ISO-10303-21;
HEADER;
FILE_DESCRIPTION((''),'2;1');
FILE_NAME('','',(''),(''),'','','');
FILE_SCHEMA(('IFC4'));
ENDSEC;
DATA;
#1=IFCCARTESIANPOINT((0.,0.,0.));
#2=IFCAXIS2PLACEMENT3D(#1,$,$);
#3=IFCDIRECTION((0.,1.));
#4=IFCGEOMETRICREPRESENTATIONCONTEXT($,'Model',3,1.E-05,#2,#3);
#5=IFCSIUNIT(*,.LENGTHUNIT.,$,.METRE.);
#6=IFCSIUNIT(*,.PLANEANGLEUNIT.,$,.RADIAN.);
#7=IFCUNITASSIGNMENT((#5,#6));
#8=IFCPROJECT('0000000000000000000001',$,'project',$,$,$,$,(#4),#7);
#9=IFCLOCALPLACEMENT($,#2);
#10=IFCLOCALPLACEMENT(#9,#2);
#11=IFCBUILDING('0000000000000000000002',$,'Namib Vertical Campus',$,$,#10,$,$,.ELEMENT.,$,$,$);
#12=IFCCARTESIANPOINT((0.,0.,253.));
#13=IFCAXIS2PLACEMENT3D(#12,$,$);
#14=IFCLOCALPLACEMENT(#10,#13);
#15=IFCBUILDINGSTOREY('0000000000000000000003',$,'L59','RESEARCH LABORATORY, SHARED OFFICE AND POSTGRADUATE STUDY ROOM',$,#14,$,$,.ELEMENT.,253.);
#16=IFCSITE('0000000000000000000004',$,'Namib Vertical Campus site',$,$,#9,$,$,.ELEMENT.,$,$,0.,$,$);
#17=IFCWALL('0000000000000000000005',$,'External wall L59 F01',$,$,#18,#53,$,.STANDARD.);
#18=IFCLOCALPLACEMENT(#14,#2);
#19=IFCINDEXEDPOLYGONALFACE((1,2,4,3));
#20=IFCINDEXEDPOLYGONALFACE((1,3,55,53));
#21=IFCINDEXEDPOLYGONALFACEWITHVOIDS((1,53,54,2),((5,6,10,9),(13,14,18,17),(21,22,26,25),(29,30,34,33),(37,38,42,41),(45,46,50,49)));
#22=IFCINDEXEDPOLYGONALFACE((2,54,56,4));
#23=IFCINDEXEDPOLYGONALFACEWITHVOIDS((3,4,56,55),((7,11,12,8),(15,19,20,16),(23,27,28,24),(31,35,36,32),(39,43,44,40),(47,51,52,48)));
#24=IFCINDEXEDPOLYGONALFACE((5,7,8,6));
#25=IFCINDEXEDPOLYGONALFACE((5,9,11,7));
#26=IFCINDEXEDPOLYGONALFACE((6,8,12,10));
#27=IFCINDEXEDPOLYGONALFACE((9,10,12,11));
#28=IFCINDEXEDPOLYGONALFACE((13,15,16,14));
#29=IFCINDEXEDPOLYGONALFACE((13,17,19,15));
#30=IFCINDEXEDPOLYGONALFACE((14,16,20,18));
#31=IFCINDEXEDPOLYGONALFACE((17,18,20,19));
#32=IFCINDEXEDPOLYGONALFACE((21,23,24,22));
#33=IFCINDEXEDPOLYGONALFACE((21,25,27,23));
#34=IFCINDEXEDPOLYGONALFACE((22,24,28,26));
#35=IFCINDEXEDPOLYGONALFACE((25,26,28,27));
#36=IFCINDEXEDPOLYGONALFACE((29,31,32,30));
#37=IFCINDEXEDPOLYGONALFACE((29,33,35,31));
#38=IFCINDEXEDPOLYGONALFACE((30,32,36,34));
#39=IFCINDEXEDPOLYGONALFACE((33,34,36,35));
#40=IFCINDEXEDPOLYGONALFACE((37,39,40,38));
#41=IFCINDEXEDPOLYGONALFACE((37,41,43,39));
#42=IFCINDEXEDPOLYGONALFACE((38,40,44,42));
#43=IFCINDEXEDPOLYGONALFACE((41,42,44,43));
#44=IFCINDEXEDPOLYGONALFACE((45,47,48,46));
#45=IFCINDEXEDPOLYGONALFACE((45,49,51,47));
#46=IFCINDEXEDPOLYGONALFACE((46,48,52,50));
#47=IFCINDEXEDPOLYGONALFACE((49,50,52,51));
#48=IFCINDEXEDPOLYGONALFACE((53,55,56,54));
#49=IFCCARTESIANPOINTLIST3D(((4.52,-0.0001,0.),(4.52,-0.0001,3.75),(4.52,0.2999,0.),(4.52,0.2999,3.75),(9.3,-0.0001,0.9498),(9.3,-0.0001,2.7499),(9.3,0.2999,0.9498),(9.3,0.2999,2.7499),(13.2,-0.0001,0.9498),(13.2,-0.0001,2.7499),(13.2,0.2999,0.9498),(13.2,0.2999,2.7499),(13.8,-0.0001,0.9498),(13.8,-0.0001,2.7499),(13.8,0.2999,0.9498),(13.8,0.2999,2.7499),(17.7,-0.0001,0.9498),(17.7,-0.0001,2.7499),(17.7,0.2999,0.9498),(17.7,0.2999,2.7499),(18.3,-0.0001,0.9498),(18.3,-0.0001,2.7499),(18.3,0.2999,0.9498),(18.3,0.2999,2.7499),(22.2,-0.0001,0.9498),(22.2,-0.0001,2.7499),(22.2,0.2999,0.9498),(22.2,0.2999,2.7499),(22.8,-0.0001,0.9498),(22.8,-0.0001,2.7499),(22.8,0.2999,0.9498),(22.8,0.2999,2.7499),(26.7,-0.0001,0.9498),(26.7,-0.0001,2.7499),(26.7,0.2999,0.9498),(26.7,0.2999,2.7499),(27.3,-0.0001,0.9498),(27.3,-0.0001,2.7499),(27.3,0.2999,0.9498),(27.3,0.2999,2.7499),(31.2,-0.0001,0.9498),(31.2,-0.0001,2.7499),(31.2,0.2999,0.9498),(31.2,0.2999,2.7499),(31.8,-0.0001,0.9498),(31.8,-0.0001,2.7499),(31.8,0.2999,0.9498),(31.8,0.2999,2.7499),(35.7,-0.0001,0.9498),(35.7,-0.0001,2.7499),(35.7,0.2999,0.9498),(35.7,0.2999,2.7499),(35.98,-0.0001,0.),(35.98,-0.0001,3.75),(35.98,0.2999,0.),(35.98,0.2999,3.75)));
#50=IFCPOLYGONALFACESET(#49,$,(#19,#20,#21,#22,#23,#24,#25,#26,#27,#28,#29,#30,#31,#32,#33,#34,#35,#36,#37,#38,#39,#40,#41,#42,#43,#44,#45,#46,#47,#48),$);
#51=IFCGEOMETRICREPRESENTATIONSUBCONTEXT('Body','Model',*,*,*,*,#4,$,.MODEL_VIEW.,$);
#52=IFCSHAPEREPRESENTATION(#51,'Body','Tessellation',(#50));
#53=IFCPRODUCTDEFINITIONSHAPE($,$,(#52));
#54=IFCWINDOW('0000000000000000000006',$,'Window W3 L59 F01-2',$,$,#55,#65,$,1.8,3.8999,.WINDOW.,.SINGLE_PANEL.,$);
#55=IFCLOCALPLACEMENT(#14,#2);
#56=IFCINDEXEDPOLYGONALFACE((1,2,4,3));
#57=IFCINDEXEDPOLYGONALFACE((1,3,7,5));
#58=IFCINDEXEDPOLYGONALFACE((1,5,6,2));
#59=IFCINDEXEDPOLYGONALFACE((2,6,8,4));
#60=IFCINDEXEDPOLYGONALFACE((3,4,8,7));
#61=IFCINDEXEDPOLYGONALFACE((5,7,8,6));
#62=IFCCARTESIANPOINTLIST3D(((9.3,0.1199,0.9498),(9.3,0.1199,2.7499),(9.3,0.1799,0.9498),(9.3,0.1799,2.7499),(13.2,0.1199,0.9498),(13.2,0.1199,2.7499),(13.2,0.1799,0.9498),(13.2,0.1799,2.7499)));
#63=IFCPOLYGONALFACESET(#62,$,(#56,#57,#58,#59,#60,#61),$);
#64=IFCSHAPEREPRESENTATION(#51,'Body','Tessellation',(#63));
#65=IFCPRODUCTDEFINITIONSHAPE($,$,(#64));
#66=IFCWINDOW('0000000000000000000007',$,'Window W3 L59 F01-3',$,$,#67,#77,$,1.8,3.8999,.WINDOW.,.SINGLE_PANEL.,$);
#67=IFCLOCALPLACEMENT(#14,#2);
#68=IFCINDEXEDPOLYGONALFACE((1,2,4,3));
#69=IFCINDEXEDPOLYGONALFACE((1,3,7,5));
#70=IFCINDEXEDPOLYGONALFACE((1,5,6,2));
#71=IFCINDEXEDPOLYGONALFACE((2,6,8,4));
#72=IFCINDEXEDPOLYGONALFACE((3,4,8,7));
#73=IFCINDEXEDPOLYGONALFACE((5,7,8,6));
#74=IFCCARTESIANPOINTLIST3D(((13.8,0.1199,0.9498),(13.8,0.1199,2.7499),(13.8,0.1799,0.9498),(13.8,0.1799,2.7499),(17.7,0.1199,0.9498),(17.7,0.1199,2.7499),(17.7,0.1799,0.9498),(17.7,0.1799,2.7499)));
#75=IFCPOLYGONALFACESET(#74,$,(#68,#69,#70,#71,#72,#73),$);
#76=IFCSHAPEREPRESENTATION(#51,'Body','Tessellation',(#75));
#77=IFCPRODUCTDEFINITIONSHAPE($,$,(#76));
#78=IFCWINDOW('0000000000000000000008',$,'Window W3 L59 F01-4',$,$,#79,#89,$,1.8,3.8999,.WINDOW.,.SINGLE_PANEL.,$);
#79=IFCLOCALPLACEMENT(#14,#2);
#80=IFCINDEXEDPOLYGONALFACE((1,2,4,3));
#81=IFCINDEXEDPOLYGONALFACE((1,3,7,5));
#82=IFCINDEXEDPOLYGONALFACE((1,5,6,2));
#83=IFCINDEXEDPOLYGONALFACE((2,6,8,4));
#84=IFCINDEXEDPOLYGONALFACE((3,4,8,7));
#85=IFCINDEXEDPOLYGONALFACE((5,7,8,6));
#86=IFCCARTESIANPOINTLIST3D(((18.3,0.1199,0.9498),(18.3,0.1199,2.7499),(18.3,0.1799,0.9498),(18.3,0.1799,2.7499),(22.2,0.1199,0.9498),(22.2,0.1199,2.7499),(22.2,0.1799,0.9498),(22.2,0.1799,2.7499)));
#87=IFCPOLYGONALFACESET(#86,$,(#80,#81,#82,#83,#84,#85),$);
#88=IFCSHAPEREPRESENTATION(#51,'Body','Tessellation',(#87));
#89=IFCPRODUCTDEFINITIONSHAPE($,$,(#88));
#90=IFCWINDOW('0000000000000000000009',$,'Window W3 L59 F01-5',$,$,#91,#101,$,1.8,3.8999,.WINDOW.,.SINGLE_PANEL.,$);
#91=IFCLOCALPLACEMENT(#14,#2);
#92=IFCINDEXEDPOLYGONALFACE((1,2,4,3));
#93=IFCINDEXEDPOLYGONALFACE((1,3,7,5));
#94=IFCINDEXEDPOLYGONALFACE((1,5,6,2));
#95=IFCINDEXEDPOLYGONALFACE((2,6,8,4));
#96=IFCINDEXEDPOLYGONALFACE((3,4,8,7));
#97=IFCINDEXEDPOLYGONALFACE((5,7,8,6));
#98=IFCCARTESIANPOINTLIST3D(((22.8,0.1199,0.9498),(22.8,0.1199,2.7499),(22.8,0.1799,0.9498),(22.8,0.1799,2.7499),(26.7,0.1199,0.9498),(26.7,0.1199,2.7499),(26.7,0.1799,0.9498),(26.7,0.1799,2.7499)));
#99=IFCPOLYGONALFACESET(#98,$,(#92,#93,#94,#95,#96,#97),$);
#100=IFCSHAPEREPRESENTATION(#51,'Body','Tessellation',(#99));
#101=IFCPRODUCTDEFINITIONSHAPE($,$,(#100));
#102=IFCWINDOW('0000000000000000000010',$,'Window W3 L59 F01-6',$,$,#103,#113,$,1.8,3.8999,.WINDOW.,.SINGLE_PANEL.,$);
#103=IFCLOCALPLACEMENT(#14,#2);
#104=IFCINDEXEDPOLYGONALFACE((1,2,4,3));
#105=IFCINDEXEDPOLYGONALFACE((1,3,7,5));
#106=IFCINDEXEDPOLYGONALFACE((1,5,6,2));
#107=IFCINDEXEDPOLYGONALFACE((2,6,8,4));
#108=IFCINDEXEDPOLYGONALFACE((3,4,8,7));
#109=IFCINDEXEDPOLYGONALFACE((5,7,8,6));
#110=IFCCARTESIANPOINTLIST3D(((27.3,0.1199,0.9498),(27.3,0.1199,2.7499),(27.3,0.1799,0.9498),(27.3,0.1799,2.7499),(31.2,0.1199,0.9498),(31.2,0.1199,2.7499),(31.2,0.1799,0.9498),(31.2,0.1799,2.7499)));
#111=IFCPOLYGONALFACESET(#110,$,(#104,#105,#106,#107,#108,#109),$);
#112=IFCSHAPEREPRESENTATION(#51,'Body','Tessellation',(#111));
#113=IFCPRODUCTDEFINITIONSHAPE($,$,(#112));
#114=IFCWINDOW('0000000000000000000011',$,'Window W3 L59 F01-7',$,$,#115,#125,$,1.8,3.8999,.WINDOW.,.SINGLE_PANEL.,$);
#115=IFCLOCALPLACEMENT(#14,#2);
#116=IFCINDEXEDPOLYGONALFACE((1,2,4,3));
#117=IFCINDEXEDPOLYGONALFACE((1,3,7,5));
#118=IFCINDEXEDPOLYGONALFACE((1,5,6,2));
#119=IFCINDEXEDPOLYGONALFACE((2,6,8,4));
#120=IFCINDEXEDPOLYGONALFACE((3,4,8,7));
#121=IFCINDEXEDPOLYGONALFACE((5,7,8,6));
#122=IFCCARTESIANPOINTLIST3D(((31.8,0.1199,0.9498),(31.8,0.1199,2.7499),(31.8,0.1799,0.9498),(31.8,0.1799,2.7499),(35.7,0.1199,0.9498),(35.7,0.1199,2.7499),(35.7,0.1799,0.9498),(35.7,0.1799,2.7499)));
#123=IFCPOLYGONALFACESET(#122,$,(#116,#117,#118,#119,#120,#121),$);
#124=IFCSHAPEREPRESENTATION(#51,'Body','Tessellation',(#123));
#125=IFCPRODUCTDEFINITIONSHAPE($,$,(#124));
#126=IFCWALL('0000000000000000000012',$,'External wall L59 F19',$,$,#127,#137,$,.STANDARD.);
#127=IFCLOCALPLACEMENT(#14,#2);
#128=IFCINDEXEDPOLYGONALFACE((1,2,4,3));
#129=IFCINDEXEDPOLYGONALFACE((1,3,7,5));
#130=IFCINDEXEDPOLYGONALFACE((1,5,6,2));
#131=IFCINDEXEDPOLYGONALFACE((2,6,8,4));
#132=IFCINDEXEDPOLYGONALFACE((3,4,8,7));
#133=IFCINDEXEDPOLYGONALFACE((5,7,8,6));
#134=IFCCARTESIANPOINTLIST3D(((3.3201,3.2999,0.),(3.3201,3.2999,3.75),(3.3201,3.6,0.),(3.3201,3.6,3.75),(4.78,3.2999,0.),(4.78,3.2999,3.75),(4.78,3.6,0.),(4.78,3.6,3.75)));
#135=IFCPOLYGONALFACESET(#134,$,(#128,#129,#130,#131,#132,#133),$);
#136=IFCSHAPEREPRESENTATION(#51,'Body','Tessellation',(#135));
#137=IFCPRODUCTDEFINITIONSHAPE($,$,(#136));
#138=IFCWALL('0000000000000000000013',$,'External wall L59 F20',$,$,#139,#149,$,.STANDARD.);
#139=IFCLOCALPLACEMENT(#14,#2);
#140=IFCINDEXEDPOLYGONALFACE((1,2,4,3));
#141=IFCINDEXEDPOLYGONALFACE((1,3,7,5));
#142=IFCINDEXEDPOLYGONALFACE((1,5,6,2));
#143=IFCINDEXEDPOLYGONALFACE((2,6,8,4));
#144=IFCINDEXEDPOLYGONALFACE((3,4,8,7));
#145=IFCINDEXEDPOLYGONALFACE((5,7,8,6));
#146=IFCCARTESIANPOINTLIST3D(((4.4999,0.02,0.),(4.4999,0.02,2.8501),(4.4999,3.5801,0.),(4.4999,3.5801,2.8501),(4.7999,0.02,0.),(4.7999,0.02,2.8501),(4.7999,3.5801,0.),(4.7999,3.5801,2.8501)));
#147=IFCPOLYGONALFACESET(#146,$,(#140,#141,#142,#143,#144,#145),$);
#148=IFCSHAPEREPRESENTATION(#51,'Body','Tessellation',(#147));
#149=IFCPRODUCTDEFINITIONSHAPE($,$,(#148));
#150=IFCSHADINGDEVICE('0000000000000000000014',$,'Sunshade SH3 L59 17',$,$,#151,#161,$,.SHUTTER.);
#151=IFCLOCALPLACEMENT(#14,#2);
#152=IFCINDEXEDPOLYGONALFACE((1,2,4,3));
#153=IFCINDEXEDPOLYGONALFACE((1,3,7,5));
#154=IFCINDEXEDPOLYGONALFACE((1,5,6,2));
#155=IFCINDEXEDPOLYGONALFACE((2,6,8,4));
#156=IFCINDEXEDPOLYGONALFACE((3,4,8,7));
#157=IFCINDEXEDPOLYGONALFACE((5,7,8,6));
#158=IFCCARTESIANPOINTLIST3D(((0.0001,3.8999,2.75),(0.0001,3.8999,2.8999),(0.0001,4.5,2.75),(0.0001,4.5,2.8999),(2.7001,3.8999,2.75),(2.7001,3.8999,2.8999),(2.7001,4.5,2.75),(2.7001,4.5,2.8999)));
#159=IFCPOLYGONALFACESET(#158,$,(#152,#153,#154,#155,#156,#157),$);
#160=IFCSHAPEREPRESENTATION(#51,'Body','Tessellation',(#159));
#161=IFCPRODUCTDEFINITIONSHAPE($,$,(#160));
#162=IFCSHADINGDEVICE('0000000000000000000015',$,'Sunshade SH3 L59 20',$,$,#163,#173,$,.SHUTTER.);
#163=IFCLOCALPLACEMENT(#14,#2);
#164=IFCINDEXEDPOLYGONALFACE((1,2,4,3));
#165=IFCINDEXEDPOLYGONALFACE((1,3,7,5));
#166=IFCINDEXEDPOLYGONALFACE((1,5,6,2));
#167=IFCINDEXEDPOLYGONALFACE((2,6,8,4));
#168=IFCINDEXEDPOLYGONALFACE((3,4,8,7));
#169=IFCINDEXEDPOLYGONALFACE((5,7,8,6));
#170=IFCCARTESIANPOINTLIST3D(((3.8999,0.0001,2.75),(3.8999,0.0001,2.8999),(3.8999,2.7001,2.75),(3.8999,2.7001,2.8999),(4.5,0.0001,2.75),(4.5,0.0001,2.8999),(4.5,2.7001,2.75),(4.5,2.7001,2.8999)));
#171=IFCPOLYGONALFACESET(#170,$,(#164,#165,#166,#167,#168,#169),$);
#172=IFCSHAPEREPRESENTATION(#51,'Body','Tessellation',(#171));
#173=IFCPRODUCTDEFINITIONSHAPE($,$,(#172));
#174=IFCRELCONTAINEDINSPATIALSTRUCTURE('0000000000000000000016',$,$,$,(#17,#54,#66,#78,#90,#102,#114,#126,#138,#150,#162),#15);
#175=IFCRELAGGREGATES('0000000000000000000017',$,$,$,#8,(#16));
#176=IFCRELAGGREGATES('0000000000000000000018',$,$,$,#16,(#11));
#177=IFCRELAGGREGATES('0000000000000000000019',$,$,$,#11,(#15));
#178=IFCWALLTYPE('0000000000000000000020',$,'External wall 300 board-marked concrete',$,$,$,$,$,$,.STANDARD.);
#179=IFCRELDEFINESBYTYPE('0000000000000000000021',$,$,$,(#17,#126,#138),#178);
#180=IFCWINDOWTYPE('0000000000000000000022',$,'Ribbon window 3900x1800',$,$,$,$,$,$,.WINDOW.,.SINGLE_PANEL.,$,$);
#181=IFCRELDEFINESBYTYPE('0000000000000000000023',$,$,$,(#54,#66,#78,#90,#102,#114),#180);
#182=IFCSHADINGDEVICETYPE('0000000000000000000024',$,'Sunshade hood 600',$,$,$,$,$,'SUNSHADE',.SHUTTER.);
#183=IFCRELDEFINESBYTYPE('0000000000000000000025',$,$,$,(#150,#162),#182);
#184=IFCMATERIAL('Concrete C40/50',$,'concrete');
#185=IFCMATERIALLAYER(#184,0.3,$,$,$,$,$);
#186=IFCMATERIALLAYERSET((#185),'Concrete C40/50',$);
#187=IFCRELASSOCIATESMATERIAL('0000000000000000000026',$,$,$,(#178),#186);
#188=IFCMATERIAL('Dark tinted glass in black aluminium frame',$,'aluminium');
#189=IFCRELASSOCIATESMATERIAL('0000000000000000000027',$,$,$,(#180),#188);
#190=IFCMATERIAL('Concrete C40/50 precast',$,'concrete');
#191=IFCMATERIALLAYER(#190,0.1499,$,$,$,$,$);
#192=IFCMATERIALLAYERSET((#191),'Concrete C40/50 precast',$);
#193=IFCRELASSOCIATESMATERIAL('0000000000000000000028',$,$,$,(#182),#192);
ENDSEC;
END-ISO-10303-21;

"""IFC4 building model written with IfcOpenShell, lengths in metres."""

from ifc_helpers import new_model, si_unit, direction, frame, frame_2d, origin, origin_2d, place, context, subcontext, project, spatial, rectangle, extrude, material, layer, layer_set, type_object, element, fill, save


model = new_model("IFC4")

# Units and contexts
model_context = context("Model", 3, precision=1e-05, world=origin(), true_north=direction((0.0, 1.0)))
body_context = subcontext(model_context, "Body", "Model", "MODEL_VIEW")
ifc_project = project(units=[si_unit("LENGTHUNIT", "METRE"), si_unit("PLANEANGLEUNIT", "RADIAN")], contexts=[model_context])

# Site, building, storey
site_placement = place(None, origin())
site = spatial("IfcSite", under=ifc_project, at=site_placement, Name="Namib Vertical Campus site", CompositionType="ELEMENT", RefElevation=0.0)
building_placement = place(site_placement, origin())
building = spatial("IfcBuilding", under=site, at=building_placement, Name="Namib Vertical Campus", CompositionType="ELEMENT")
storey_placement = place(building_placement, frame((0.0, 0.0, 253.0)))
storey = spatial("IfcBuildingStorey", under=building, at=storey_placement, Name="L59", Description="RESEARCH LABORATORY, SHARED OFFICE AND POSTGRADUATE STUDY ROOM", CompositionType="ELEMENT", Elevation=253.0)

# Wall, openings, windows
ifc_material_1 = material(Name="Concrete C40/50", Category="concrete")
ifc_layer_1 = layer(ifc_material_1, 0.3)
ifc_layer_set_1 = layer_set([ifc_layer_1], Name="Concrete C40/50")
wall_type = type_object("IfcWallType", Name="External wall 300 board-marked concrete", PredefinedType="STANDARD", material=ifc_layer_set_1)
wall_1_placement = place(storey_placement, frame((4.52, 0.1499, 0.0), z_axis=(0.0, 0.0, 1.0), x_axis=(1.0, 0.0, 0.0)))
wall_1 = element("IfcWall", 1, at=wall_1_placement, inside=storey, type_object=wall_type, Name="External wall L59 F01", PredefinedType="STANDARD", context=body_context, shape_type="SweptSolid", body=[
    extrude(rectangle(XDim=31.46, YDim=0.3, at=frame_2d((15.73, 0.0))), origin(), (0.0, 0.0, 1.0), 3.75),
])
opening_1_placement = place(wall_1_placement, frame((4.78, 0.0, 0.95)))
opening_1 = element("IfcOpeningElement", 2, at=opening_1_placement, cuts=wall_1, PredefinedType="OPENING", context=body_context, shape_type="SweptSolid", body=[
    extrude(rectangle(XDim=3.8999, YDim=1.8, at=frame_2d((1.95, 0.8999))), frame((0.0, 0.1599, 0.0), z_axis=(0.0, -1.0, 0.0), x_axis=(1.0, 0.0, 0.0)), (0.0, 0.0, 1.0), 0.3201),
])
opening_2_placement = place(wall_1_placement, frame((9.28, 0.0, 0.95)))
opening_2 = element("IfcOpeningElement", 3, at=opening_2_placement, cuts=wall_1, PredefinedType="OPENING", context=body_context, shape_type="SweptSolid", body=[
    extrude(rectangle(XDim=3.8999, YDim=1.8, at=frame_2d((1.95, 0.8999))), frame((0.0, 0.1599, 0.0), z_axis=(0.0, -1.0, 0.0), x_axis=(1.0, 0.0, 0.0)), (0.0, 0.0, 1.0), 0.3201),
])
opening_3_placement = place(wall_1_placement, frame((13.78, 0.0, 0.95)))
opening_3 = element("IfcOpeningElement", 4, at=opening_3_placement, cuts=wall_1, PredefinedType="OPENING", context=body_context, shape_type="SweptSolid", body=[
    extrude(rectangle(XDim=3.8999, YDim=1.8, at=frame_2d((1.95, 0.8999))), frame((0.0, 0.1599, 0.0), z_axis=(0.0, -1.0, 0.0), x_axis=(1.0, 0.0, 0.0)), (0.0, 0.0, 1.0), 0.3201),
])
opening_4_placement = place(wall_1_placement, frame((18.28, 0.0, 0.95)))
opening_4 = element("IfcOpeningElement", 5, at=opening_4_placement, cuts=wall_1, PredefinedType="OPENING", context=body_context, shape_type="SweptSolid", body=[
    extrude(rectangle(XDim=3.8999, YDim=1.8, at=frame_2d((1.95, 0.8999))), frame((0.0, 0.1599, 0.0), z_axis=(0.0, -1.0, 0.0), x_axis=(1.0, 0.0, 0.0)), (0.0, 0.0, 1.0), 0.3201),
])
opening_5_placement = place(wall_1_placement, frame((22.78, 0.0, 0.95)))
opening_5 = element("IfcOpeningElement", 6, at=opening_5_placement, cuts=wall_1, PredefinedType="OPENING", context=body_context, shape_type="SweptSolid", body=[
    extrude(rectangle(XDim=3.8999, YDim=1.8, at=frame_2d((1.95, 0.8999))), frame((0.0, 0.1599, 0.0), z_axis=(0.0, -1.0, 0.0), x_axis=(1.0, 0.0, 0.0)), (0.0, 0.0, 1.0), 0.3201),
])
opening_6_placement = place(wall_1_placement, frame((27.28, 0.0, 0.95)))
opening_6 = element("IfcOpeningElement", 7, at=opening_6_placement, cuts=wall_1, PredefinedType="OPENING", context=body_context, shape_type="SweptSolid", body=[
    extrude(rectangle(XDim=3.8999, YDim=1.8, at=frame_2d((1.95, 0.8999))), frame((0.0, 0.1599, 0.0), z_axis=(0.0, -1.0, 0.0), x_axis=(1.0, 0.0, 0.0)), (0.0, 0.0, 1.0), 0.3201),
])
ifc_material_2 = material(Name="Dark tinted glass in black aluminium frame", Category="aluminium")
window_type = type_object("IfcWindowType", Name="Ribbon window 3900x1800", PartitioningType="SINGLE_PANEL", PredefinedType="WINDOW", material=ifc_material_2)
window_1_placement = place(opening_1_placement, origin())
window_1 = element("IfcWindow", 8, at=window_1_placement, inside=storey, type_object=window_type, Name="Window W3 L59 F01-2", OverallHeight=1.8, OverallWidth=3.8999, PartitioningType="SINGLE_PANEL", PredefinedType="WINDOW", context=body_context, shape_type="SweptSolid", body=[
    extrude(rectangle(XDim=3.8999, YDim=1.8, at=frame_2d((1.95, 0.8999))), frame((0.0, 0.03, 0.0), z_axis=(0.0, -1.0, 0.0), x_axis=(1.0, 0.0, 0.0)), (0.0, 0.0, 1.0), 0.0601),
])
fill(opening_1, window_1)
window_2_placement = place(opening_2_placement, origin())
window_2 = element("IfcWindow", 9, at=window_2_placement, inside=storey, type_object=window_type, Name="Window W3 L59 F01-3", OverallHeight=1.8, OverallWidth=3.8999, PartitioningType="SINGLE_PANEL", PredefinedType="WINDOW", context=body_context, shape_type="SweptSolid", body=[
    extrude(rectangle(XDim=3.8999, YDim=1.8, at=frame_2d((1.95, 0.8999))), frame((0.0, 0.03, 0.0), z_axis=(0.0, -1.0, 0.0), x_axis=(1.0, 0.0, 0.0)), (0.0, 0.0, 1.0), 0.0601),
])
fill(opening_2, window_2)
window_3_placement = place(opening_3_placement, origin())
window_3 = element("IfcWindow", 10, at=window_3_placement, inside=storey, type_object=window_type, Name="Window W3 L59 F01-4", OverallHeight=1.8, OverallWidth=3.8999, PartitioningType="SINGLE_PANEL", PredefinedType="WINDOW", context=body_context, shape_type="SweptSolid", body=[
    extrude(rectangle(XDim=3.8999, YDim=1.8, at=frame_2d((1.95, 0.8999))), frame((0.0, 0.03, 0.0), z_axis=(0.0, -1.0, 0.0), x_axis=(1.0, 0.0, 0.0)), (0.0, 0.0, 1.0), 0.0601),
])
fill(opening_3, window_3)
window_4_placement = place(opening_4_placement, origin())
window_4 = element("IfcWindow", 11, at=window_4_placement, inside=storey, type_object=window_type, Name="Window W3 L59 F01-5", OverallHeight=1.8, OverallWidth=3.8999, PartitioningType="SINGLE_PANEL", PredefinedType="WINDOW", context=body_context, shape_type="SweptSolid", body=[
    extrude(rectangle(XDim=3.8999, YDim=1.8, at=frame_2d((1.95, 0.8999))), frame((0.0, 0.03, 0.0), z_axis=(0.0, -1.0, 0.0), x_axis=(1.0, 0.0, 0.0)), (0.0, 0.0, 1.0), 0.0601),
])
fill(opening_4, window_4)
window_5_placement = place(opening_5_placement, origin())
window_5 = element("IfcWindow", 12, at=window_5_placement, inside=storey, type_object=window_type, Name="Window W3 L59 F01-6", OverallHeight=1.8, OverallWidth=3.8999, PartitioningType="SINGLE_PANEL", PredefinedType="WINDOW", context=body_context, shape_type="SweptSolid", body=[
    extrude(rectangle(XDim=3.8999, YDim=1.8, at=frame_2d((1.95, 0.8999))), frame((0.0, 0.03, 0.0), z_axis=(0.0, -1.0, 0.0), x_axis=(1.0, 0.0, 0.0)), (0.0, 0.0, 1.0), 0.0601),
])
fill(opening_5, window_5)
window_6_placement = place(opening_6_placement, origin())
window_6 = element("IfcWindow", 13, at=window_6_placement, inside=storey, type_object=window_type, Name="Window W3 L59 F01-7", OverallHeight=1.8, OverallWidth=3.8999, PartitioningType="SINGLE_PANEL", PredefinedType="WINDOW", context=body_context, shape_type="SweptSolid", body=[
    extrude(rectangle(XDim=3.8999, YDim=1.8, at=frame_2d((1.95, 0.8999))), frame((0.0, 0.03, 0.0), z_axis=(0.0, -1.0, 0.0), x_axis=(1.0, 0.0, 0.0)), (0.0, 0.0, 1.0), 0.0601),
])
fill(opening_6, window_6)

# Walls
wall_2_placement = place(storey_placement, frame((3.3201, 3.45, 0.0), z_axis=(0.0, 0.0, 1.0), x_axis=(1.0, 0.0, 0.0)))
element("IfcWall", 14, at=wall_2_placement, inside=storey, type_object=wall_type, Name="External wall L59 F19", PredefinedType="STANDARD", context=body_context, shape_type="SweptSolid", body=[
    extrude(rectangle(XDim=1.46, YDim=0.3, at=frame_2d((0.73, 0.0))), origin(), (0.0, 0.0, 1.0), 3.75),
])
wall_3_placement = place(storey_placement, frame((4.6499, 3.5801, 0.0), z_axis=(0.0, 0.0, 1.0), x_axis=(0.0, -1.0, 0.0)))
element("IfcWall", 15, at=wall_3_placement, inside=storey, type_object=wall_type, Name="External wall L59 F20", PredefinedType="STANDARD", context=body_context, shape_type="SweptSolid", body=[
    extrude(rectangle(XDim=3.5601, YDim=0.3, at=frame_2d((1.78, 0.0))), origin(), (0.0, 0.0, 1.0), 2.8501),
])

# Shading devices
ifc_material_3 = material(Name="Concrete C40/50 precast", Category="concrete")
ifc_layer_2 = layer(ifc_material_3, 0.1499)
ifc_layer_set_2 = layer_set([ifc_layer_2], Name="Concrete C40/50 precast")
shading_device_type = type_object("IfcShadingDeviceType", Name="Sunshade hood 600", ElementType="SUNSHADE", PredefinedType="SHUTTER", material=ifc_layer_set_2)
for number, where, z_axis, x_axis, name in (
    (16, (1.3501, 4.2, 2.75), (0.0, 0.0, 1.0), (1.0, 0.0, 0.0), "Sunshade SH3 L59 17"),
    (17, (4.2, 1.3501, 2.75), (0.0, 0.0, 1.0), (0.0, -1.0, 0.0), "Sunshade SH3 L59 20"),
):
    element("IfcShadingDevice", number, at=place(storey_placement, frame(where, z_axis=z_axis, x_axis=x_axis)), inside=storey, type_object=shading_device_type, Name=name, PredefinedType="SHUTTER", context=body_context, shape_type="SweptSolid", body=[
        extrude(rectangle(XDim=2.7, YDim=0.6001, at=origin_2d()), origin(), (0.0, 0.0, 1.0), 0.1499),
    ])

save(model, "model.ifc")
